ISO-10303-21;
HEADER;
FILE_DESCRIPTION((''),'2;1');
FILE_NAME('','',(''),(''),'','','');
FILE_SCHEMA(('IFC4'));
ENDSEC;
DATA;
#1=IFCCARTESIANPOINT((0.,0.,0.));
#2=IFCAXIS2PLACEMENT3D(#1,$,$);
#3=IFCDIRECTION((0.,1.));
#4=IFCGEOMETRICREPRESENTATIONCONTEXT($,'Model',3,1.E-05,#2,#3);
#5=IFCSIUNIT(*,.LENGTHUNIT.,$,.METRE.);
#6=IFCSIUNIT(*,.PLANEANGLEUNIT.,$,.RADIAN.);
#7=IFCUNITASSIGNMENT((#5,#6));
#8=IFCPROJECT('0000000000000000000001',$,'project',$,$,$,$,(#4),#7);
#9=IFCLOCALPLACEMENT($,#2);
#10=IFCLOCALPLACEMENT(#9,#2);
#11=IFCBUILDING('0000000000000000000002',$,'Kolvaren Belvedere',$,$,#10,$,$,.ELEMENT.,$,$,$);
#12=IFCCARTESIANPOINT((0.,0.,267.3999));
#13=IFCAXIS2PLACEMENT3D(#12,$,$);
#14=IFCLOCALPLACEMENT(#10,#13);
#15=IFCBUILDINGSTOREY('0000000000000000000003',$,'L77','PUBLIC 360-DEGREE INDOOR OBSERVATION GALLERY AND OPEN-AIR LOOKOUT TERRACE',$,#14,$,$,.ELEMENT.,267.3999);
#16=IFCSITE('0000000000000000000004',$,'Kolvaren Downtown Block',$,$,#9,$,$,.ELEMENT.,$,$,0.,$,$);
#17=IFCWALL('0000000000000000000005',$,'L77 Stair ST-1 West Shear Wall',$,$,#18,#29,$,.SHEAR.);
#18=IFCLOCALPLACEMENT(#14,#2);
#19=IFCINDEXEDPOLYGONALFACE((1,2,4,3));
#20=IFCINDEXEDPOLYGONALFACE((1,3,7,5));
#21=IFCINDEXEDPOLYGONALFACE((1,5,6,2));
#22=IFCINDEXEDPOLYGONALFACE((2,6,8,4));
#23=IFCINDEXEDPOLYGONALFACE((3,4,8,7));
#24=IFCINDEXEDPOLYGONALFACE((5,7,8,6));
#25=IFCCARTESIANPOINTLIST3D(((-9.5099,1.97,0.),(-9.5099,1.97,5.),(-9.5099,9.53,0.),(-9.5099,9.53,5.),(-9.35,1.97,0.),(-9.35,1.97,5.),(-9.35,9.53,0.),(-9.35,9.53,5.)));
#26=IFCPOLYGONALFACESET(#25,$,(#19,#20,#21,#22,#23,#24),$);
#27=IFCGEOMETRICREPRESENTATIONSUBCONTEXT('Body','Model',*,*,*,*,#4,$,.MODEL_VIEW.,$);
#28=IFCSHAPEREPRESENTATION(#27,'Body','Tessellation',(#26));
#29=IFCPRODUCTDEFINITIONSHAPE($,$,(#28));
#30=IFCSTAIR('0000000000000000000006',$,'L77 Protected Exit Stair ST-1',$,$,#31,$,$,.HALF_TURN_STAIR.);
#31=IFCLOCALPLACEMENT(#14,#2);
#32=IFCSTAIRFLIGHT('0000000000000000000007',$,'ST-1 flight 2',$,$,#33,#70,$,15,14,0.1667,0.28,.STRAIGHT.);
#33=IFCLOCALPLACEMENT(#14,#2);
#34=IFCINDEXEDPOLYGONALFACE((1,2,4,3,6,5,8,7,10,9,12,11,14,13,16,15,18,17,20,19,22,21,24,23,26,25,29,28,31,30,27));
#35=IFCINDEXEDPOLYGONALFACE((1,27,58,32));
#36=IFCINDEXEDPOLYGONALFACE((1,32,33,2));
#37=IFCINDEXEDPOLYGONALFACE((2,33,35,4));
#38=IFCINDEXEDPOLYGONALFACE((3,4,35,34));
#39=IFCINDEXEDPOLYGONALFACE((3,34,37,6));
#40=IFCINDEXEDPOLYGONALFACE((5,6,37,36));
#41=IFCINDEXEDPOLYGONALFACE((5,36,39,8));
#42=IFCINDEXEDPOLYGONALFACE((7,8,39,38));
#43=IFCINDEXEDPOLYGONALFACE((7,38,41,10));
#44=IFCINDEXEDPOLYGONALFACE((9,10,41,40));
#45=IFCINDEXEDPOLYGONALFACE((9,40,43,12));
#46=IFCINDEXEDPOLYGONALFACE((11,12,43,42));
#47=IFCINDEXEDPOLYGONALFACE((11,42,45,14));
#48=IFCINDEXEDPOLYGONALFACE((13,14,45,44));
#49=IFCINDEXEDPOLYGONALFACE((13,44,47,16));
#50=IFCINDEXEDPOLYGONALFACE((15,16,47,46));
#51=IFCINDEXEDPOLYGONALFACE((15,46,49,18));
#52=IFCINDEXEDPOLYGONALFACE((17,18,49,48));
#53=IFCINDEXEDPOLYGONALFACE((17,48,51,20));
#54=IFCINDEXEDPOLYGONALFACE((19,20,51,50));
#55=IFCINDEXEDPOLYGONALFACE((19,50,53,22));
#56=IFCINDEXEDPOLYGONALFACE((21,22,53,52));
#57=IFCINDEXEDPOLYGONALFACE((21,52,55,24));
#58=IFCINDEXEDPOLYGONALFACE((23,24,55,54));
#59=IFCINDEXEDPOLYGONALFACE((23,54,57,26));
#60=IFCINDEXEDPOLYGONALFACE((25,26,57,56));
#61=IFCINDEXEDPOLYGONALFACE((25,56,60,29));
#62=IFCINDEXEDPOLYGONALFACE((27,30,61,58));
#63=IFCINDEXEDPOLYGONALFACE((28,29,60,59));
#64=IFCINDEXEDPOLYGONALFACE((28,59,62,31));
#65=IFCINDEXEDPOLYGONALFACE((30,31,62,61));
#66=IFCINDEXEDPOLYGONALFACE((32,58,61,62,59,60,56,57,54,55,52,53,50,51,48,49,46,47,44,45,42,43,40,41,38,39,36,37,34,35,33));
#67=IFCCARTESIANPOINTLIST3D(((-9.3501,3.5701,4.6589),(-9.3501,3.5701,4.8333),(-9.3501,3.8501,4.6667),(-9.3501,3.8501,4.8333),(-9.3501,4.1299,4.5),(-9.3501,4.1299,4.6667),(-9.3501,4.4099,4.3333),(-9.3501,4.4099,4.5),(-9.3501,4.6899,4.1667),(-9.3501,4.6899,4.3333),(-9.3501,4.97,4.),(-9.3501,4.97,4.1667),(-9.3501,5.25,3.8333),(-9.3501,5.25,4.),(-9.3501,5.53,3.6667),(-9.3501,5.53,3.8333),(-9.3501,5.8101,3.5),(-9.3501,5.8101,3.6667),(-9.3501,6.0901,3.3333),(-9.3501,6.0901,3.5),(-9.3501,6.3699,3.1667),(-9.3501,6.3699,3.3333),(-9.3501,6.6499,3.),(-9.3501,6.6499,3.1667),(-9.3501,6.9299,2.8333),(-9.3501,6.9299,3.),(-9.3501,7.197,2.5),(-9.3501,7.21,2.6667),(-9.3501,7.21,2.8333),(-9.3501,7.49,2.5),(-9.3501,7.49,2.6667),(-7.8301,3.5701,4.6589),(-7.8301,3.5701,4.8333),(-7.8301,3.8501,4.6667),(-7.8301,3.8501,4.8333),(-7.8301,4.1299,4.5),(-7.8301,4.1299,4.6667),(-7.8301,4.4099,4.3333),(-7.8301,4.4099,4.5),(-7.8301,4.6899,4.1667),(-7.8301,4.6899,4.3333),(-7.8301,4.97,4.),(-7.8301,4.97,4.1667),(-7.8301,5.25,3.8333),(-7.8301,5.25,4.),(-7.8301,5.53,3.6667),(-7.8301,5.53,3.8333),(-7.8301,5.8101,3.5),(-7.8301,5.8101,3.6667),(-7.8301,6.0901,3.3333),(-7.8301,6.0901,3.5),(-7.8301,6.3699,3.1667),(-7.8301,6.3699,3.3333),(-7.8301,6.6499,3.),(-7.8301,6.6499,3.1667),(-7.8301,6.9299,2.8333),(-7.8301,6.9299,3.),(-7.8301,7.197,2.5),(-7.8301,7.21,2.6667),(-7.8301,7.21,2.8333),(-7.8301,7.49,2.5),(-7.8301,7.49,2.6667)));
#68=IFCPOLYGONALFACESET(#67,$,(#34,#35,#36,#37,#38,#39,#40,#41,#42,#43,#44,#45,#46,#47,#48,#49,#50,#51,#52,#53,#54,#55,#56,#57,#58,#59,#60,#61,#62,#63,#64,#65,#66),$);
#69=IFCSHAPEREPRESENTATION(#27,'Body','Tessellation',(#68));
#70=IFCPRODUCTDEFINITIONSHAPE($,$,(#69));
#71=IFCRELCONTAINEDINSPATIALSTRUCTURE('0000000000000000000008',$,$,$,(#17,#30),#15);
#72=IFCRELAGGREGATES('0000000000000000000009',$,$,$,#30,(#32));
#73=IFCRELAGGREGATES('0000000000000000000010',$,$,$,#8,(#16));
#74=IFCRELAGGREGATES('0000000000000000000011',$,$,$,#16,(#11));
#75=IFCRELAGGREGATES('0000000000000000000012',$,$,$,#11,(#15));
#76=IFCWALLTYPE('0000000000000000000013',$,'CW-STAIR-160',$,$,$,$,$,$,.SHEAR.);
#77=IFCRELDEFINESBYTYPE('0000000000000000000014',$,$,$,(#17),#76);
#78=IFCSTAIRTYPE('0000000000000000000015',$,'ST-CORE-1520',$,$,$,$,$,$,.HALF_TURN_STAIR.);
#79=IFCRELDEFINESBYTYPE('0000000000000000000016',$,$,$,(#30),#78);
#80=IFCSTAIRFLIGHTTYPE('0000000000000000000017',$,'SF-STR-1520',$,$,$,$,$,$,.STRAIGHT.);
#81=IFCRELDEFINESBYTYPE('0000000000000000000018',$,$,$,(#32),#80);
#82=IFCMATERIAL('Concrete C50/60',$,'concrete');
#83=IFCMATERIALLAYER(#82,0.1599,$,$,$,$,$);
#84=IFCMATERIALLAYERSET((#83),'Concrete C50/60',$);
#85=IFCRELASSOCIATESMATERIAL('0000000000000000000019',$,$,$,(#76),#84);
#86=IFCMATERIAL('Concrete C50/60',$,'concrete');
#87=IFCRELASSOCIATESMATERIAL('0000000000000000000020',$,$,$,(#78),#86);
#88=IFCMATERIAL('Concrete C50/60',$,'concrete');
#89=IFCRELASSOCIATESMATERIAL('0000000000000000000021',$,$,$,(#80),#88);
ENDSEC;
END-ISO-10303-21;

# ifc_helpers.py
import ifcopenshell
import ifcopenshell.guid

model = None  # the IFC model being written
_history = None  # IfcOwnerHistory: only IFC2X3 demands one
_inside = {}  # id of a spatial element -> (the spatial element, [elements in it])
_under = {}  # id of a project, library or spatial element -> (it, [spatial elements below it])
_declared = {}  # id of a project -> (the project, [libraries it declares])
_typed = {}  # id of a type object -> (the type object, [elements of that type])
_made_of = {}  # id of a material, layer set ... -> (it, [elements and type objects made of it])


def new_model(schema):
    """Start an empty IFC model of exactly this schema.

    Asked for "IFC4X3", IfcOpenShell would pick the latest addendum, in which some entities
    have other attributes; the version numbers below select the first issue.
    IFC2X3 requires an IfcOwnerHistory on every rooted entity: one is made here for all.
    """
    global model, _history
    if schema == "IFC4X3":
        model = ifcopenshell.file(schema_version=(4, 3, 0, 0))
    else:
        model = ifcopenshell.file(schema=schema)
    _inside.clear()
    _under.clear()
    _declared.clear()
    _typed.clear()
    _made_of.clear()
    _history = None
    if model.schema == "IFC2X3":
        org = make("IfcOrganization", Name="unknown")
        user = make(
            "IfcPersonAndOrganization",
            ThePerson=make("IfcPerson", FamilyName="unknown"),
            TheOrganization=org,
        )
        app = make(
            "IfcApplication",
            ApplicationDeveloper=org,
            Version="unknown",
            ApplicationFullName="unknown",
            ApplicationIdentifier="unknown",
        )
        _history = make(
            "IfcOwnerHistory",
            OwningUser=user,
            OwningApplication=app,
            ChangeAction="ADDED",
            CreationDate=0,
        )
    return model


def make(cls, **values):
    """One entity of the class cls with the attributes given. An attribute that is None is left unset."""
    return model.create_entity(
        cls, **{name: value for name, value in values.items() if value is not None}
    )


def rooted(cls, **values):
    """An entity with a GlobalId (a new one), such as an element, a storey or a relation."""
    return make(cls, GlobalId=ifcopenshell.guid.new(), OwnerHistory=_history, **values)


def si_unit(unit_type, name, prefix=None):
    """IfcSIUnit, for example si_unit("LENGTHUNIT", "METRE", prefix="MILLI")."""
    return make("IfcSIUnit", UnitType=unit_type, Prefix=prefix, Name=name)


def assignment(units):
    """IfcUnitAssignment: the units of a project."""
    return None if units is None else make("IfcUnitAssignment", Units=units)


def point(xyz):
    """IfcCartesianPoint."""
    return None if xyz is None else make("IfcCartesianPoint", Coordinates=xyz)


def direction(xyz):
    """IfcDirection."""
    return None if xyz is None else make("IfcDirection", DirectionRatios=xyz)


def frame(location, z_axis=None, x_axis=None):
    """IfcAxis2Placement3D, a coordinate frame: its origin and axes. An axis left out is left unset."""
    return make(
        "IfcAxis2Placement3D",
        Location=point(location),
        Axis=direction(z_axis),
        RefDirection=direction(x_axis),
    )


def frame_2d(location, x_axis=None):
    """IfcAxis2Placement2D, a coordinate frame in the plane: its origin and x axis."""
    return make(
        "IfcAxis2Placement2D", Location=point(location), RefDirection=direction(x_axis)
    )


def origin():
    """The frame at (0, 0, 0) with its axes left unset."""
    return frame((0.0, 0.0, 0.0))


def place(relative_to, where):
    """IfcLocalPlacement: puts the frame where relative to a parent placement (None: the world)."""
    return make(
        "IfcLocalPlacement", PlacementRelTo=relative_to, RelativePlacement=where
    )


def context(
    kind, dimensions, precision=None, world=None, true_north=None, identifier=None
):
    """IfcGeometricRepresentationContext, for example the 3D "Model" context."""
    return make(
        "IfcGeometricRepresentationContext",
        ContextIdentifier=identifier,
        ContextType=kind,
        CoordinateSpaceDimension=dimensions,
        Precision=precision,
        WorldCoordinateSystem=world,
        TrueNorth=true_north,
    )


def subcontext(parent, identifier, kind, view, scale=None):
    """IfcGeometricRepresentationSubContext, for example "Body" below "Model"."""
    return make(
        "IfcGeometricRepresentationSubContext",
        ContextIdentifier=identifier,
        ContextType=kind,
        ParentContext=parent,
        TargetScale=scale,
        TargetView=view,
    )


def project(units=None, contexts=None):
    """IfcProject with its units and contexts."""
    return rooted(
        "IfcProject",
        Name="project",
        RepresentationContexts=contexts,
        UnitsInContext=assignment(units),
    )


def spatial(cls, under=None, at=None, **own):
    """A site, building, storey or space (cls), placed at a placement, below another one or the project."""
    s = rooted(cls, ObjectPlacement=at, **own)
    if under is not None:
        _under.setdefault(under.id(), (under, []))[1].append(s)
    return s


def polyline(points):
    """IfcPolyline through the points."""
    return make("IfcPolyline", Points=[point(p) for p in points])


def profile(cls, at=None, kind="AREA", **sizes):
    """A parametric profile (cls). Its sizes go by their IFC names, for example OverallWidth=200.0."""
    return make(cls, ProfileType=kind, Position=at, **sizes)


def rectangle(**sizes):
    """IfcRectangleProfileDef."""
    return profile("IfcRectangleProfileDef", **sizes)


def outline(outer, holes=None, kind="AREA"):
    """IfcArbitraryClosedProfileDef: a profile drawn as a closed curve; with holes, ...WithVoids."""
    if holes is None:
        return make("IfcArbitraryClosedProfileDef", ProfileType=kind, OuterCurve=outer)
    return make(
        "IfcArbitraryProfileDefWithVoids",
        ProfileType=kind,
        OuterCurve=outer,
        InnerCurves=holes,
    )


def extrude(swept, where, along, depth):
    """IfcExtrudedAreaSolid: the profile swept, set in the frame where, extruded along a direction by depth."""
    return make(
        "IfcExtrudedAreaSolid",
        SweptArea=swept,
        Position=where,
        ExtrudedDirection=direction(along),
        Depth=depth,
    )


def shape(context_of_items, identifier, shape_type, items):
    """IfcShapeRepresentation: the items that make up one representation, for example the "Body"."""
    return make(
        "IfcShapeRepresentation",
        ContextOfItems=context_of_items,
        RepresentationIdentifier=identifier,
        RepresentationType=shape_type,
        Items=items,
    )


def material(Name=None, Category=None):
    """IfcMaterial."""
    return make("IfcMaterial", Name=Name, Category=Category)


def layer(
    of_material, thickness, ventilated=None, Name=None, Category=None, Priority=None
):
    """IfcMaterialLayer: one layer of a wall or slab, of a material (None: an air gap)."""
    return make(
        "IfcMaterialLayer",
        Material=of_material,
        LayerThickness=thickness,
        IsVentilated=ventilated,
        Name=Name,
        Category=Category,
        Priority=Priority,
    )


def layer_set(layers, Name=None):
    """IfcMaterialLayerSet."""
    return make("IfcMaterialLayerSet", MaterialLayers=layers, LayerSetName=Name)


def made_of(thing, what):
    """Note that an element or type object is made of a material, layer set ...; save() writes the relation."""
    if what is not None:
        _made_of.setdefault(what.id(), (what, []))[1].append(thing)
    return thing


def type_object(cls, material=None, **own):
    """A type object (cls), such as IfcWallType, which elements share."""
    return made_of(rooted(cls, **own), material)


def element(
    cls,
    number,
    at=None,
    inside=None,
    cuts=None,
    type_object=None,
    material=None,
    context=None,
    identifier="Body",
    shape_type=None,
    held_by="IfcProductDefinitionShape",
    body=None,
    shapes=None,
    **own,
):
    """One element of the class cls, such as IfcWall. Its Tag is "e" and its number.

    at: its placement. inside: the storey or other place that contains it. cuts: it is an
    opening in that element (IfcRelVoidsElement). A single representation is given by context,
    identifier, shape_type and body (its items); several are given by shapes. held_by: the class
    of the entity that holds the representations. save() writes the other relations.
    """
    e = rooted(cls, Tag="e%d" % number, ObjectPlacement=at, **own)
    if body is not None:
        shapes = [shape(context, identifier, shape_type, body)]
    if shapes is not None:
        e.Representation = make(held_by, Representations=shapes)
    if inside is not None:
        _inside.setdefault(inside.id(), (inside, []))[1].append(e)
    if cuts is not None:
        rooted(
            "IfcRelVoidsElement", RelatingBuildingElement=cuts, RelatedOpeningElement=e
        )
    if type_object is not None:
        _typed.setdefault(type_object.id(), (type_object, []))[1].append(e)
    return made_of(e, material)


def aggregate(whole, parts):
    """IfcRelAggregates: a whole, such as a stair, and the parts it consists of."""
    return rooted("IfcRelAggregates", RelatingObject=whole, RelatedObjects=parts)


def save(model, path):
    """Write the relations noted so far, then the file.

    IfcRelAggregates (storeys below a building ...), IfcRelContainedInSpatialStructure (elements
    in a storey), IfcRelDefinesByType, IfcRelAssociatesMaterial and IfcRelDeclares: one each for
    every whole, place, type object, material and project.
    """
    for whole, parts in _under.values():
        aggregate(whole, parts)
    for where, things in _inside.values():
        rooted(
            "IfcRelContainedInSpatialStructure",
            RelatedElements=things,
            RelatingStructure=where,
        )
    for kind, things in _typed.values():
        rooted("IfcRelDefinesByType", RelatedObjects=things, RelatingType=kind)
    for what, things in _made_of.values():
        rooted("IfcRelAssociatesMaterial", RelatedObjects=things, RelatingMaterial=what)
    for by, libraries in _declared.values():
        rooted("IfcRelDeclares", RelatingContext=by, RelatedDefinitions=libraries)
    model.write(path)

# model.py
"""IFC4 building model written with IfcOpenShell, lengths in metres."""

from ifc_helpers import new_model, si_unit, direction, frame, frame_2d, origin, place, context, subcontext, project, spatial, polyline, rectangle, outline, extrude, material, layer, layer_set, type_object, element, aggregate, save


model = new_model("IFC4")

# Units and contexts
model_context = context("Model", 3, precision=1e-05, world=origin(), true_north=direction((0.0, 1.0)))
body_context = subcontext(model_context, "Body", "Model", "MODEL_VIEW")
ifc_project = project(units=[si_unit("LENGTHUNIT", "METRE"), si_unit("PLANEANGLEUNIT", "RADIAN")], contexts=[model_context])

# Site, building, storey
site_placement = place(None, origin())
site = spatial("IfcSite", under=ifc_project, at=site_placement, Name="Kolvaren Downtown Block", CompositionType="ELEMENT", RefElevation=0.0)
building_placement = place(site_placement, origin())
building = spatial("IfcBuilding", under=site, at=building_placement, Name="Kolvaren Belvedere", CompositionType="ELEMENT")
storey_placement = place(building_placement, frame((0.0, 0.0, 267.3999)))
storey = spatial("IfcBuildingStorey", under=building, at=storey_placement, Name="L77", Description="PUBLIC 360-DEGREE INDOOR OBSERVATION GALLERY AND OPEN-AIR LOOKOUT TERRACE", CompositionType="ELEMENT", Elevation=267.3999)

# Shared definitions
ifc_material_1 = material(Name="Concrete C50/60", Category="concrete")
ifc_layer_1 = layer(ifc_material_1, 0.1599)
ifc_layer_set_1 = layer_set([ifc_layer_1], Name="Concrete C50/60")
wall_type_1 = type_object("IfcWallType", Name="CW-STAIR-160", PredefinedType="SHEAR", material=ifc_layer_set_1)

# Wall
wall_1_placement = place(storey_placement, frame((-9.4299, 1.97, 0.0), z_axis=(0.0, 0.0, 1.0), x_axis=(0.0, 1.0, 0.0)))
element("IfcWall", 1, at=wall_1_placement, inside=storey, type_object=wall_type_1, Name="L77 Stair ST-1 West Shear Wall", PredefinedType="SHEAR", context=body_context, shape_type="SweptSolid", body=[
    extrude(rectangle(XDim=7.5601, YDim=0.1599, at=frame_2d((3.78, 0.0))), origin(), (0.0, 0.0, 1.0), 5.0),
])

# Stair, stair flight
ifc_material_2 = material(Name="Concrete C50/60", Category="concrete")
stair_type = type_object("IfcStairType", Name="ST-CORE-1520", PredefinedType="HALF_TURN_STAIR", material=ifc_material_2)
stair_placement = place(storey_placement, origin())
stair = element("IfcStair", 2, at=stair_placement, inside=storey, type_object=stair_type, Name="L77 Protected Exit Stair ST-1", PredefinedType="HALF_TURN_STAIR")
ifc_material_3 = material(Name="Concrete C50/60", Category="concrete")
stair_flight_type = type_object("IfcStairFlightType", Name="SF-STR-1520", PredefinedType="STRAIGHT", material=ifc_material_3)
stair_flight_placement = place(storey_placement, frame((-8.5901, 7.49, 2.5), z_axis=(0.0, 0.0, 1.0), x_axis=(0.0, -1.0, 0.0)))
stair_flight = element("IfcStairFlight", 3, at=stair_flight_placement, type_object=stair_flight_type, Name="ST-1 flight 2", NumberOfRisers=15, NumberOfTreads=14, PredefinedType="STRAIGHT", RiserHeight=0.1667, TreadLength=0.28, context=body_context, shape_type="SweptSolid", body=[
    extrude(outline(polyline([(0.0, 0.0), (0.0, 0.1667), (0.28, 0.1667), (0.28, 0.3333), (0.5601, 0.3333), (0.5601, 0.5), (0.8401, 0.5), (0.8401, 0.6667), (1.1201, 0.6667), (1.1201, 0.8333), (1.3999, 0.8333), (1.3999, 1.0), (1.6799, 1.0), (1.6799, 1.1667), (1.96, 1.1667), (1.96, 1.3333), (2.24, 1.3333), (2.24, 1.5), (2.52, 1.5), (2.52, 1.6667), (2.8, 1.6667), (2.8, 1.8333), (3.0801, 1.8333), (3.0801, 2.0), (3.3601, 2.0), (3.3601, 2.1667), (3.6399, 2.1667), (3.6399, 2.3333), (3.9199, 2.3333), (3.9199, 2.5), (3.9199, 2.1589), (0.293, 0.0), (0.0, 0.0)])), frame((0.0, 0.76, 0.0), z_axis=(0.0, -1.0, 0.0), x_axis=(1.0, 0.0, 0.0)), (0.0, 0.0, 1.0), 1.52),
])
aggregate(stair, [stair_flight])

save(model, "model.ifc")
